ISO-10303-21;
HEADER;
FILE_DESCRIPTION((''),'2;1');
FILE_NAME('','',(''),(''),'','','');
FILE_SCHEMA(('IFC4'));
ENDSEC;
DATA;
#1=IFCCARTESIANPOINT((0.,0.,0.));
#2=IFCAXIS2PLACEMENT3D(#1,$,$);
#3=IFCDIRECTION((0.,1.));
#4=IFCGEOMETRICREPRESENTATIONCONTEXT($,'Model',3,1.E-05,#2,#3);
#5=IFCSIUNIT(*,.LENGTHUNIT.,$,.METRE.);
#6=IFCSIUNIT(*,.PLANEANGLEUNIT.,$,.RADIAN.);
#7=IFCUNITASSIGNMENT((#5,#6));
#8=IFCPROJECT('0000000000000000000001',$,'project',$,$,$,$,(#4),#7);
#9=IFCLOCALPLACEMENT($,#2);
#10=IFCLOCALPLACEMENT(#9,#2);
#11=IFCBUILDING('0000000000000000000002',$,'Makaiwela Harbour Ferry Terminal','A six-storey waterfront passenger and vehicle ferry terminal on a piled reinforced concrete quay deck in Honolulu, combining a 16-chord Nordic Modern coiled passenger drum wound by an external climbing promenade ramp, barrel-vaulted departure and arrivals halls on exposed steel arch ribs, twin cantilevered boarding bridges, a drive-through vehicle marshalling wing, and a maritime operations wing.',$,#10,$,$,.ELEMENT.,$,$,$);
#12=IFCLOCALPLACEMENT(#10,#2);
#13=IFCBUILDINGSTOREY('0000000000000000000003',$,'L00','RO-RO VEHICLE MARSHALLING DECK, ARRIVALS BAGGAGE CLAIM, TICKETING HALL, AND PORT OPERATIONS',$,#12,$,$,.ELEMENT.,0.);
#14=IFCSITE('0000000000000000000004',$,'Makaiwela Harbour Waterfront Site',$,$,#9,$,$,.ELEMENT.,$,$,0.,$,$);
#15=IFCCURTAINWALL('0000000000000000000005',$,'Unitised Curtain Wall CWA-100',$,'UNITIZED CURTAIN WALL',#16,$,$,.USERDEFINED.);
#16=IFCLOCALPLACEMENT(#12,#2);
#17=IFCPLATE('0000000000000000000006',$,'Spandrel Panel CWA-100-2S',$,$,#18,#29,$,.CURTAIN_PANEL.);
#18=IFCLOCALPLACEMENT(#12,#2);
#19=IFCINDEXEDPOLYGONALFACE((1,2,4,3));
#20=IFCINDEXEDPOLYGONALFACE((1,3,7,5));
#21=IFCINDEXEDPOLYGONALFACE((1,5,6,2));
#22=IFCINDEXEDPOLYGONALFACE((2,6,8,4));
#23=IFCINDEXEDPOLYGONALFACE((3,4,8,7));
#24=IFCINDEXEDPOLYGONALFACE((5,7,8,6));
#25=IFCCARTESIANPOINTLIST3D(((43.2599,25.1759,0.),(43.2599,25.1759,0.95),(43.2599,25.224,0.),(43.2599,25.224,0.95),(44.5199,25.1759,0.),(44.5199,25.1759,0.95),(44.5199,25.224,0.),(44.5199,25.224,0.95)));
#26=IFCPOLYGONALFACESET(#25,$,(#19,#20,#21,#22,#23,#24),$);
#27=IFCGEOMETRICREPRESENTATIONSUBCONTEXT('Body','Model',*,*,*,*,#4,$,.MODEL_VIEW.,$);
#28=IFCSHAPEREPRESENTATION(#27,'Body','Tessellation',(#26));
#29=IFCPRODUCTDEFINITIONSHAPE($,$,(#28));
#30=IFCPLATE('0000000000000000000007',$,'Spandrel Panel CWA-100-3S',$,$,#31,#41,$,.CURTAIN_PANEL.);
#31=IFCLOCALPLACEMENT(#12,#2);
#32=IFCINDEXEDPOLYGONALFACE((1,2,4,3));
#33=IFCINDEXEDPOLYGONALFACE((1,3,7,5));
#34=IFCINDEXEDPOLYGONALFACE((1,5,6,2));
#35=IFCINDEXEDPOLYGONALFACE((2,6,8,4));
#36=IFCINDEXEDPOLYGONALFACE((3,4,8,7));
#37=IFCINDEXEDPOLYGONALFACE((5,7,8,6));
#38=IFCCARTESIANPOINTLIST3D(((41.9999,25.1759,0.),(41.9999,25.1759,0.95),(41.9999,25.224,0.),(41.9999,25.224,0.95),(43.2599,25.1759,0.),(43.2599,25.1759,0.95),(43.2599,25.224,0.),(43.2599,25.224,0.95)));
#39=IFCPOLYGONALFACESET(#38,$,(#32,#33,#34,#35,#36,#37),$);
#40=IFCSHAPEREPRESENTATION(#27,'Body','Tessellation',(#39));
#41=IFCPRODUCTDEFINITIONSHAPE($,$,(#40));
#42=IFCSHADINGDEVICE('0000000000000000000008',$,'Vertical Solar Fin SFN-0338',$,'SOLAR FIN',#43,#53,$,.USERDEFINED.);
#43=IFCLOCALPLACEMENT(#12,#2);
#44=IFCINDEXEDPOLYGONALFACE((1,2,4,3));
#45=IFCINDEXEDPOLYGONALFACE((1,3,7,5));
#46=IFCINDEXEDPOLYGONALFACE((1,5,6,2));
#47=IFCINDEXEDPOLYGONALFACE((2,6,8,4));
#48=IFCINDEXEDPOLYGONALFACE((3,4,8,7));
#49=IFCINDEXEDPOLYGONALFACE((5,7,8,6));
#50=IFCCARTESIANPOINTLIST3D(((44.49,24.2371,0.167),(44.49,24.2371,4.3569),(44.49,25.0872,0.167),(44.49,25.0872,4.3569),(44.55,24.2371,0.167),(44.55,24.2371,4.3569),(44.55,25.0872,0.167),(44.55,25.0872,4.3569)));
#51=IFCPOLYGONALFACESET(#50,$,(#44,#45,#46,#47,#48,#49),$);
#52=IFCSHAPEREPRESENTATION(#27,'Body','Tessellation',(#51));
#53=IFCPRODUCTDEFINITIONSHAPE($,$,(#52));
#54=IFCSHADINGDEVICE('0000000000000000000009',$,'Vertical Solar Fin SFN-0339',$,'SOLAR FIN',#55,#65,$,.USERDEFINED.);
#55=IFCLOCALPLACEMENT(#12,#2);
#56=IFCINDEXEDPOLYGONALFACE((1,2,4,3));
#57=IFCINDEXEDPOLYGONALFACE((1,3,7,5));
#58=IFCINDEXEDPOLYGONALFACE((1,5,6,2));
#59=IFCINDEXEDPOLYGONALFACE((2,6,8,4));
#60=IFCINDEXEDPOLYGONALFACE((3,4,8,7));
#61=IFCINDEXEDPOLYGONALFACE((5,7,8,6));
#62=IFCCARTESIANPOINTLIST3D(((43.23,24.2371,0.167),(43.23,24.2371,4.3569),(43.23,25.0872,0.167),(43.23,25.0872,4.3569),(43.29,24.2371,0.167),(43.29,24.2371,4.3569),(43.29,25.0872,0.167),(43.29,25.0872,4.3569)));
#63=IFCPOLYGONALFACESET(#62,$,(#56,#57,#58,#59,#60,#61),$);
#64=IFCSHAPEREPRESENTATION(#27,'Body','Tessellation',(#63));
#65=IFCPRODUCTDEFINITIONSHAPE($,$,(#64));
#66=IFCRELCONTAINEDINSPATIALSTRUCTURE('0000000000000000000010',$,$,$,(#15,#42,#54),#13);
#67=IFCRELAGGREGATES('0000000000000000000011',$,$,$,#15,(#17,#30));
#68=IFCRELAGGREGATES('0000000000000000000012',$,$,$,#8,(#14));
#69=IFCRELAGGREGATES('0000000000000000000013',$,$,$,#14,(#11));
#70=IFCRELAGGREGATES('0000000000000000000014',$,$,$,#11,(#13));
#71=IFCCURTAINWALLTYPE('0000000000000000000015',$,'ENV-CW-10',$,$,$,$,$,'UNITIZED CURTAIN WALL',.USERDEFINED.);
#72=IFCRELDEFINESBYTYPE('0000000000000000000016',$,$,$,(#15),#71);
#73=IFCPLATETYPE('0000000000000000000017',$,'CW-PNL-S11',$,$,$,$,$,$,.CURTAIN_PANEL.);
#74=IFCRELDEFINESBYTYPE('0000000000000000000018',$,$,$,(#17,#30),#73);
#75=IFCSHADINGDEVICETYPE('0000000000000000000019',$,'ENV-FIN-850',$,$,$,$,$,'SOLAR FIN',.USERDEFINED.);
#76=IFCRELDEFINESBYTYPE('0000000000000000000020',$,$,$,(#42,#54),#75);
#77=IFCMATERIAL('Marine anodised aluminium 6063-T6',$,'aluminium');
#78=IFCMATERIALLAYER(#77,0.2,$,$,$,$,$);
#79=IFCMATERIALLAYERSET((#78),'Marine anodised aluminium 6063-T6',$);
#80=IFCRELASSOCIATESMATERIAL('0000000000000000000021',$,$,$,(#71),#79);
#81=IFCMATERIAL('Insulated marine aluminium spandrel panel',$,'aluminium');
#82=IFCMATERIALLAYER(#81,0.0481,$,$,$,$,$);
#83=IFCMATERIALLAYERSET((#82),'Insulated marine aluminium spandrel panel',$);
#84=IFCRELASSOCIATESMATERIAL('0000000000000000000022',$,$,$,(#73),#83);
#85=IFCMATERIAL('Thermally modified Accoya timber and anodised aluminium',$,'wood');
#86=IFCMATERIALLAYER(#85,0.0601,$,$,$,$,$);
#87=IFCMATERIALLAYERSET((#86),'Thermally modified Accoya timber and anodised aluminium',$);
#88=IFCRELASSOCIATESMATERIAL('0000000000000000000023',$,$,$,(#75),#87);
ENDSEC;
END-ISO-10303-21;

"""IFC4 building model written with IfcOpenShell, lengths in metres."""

from ifc_helpers import new_model, si_unit, direction, frame, origin, origin_2d, place, context, subcontext, project, spatial, rectangle, extrude, material, layer, layer_set, type_object, element, aggregate, save


model = new_model("IFC4")

# Units and contexts
model_context = context("Model", 3, precision=1e-05, world=origin(), true_north=direction((0.0, 1.0)))
body_context = subcontext(model_context, "Body", "Model", "MODEL_VIEW")
ifc_project = project(units=[si_unit("LENGTHUNIT", "METRE"), si_unit("PLANEANGLEUNIT", "RADIAN")], contexts=[model_context])

# Site, building, storey
site_placement = place(None, origin())
site = spatial("IfcSite", under=ifc_project, at=site_placement, Name="Makaiwela Harbour Waterfront Site", CompositionType="ELEMENT", RefElevation=0.0)
building_placement = place(site_placement, origin())
building = spatial("IfcBuilding", under=site, at=building_placement, Name="Makaiwela Harbour Ferry Terminal", Description="A six-storey waterfront passenger and vehicle ferry terminal on a piled reinforced concrete quay deck in Honolulu, combining a 16-chord Nordic Modern coiled passenger drum wound by an external climbing promenade ramp, barrel-vaulted departure and arrivals halls on exposed steel arch ribs, twin cantilevered boarding bridges, a drive-through vehicle marshalling wing, and a maritime operations wing.", CompositionType="ELEMENT")
storey_placement = place(building_placement, origin())
storey = spatial("IfcBuildingStorey", under=building, at=storey_placement, Name="L00", Description="RO-RO VEHICLE MARSHALLING DECK, ARRIVALS BAGGAGE CLAIM, TICKETING HALL, AND PORT OPERATIONS", CompositionType="ELEMENT", Elevation=0.0)

# Curtain wall, plates
ifc_material_1 = material(Name="Marine anodised aluminium 6063-T6", Category="aluminium")
ifc_layer_1 = layer(ifc_material_1, 0.2)
ifc_layer_set_1 = layer_set([ifc_layer_1], Name="Marine anodised aluminium 6063-T6")
curtain_wall_type = type_object("IfcCurtainWallType", Name="ENV-CW-10", ElementType="UNITIZED CURTAIN WALL", PredefinedType="USERDEFINED", material=ifc_layer_set_1)
curtain_wall_placement = place(storey_placement, origin())
curtain_wall = element("IfcCurtainWall", 1, at=curtain_wall_placement, inside=storey, type_object=curtain_wall_type, Name="Unitised Curtain Wall CWA-100", ObjectType="UNITIZED CURTAIN WALL", PredefinedType="USERDEFINED")
ifc_material_2 = material(Name="Insulated marine aluminium spandrel panel", Category="aluminium")
ifc_layer_2 = layer(ifc_material_2, 0.0481)
ifc_layer_set_2 = layer_set([ifc_layer_2], Name="Insulated marine aluminium spandrel panel")
plate_type_1 = type_object("IfcPlateType", Name="CW-PNL-S11", PredefinedType="CURTAIN_PANEL", material=ifc_layer_set_2)
plate_1_placement = place(storey_placement, frame((43.8899, 25.2, 0.0), z_axis=(0.0, 0.0, 1.0), x_axis=(-1.0, 0.0, 0.0)))
plate_1 = element("IfcPlate", 2, at=plate_1_placement, type_object=plate_type_1, Name="Spandrel Panel CWA-100-2S", PredefinedType="CURTAIN_PANEL", context=body_context, shape_type="SweptSolid", body=[
    extrude(rectangle(XDim=1.26, YDim=0.0481, at=origin_2d()), origin(), (0.0, 0.0, 1.0), 0.95),
])
plate_2_placement = place(storey_placement, frame((42.6299, 25.2, 0.0), z_axis=(0.0, 0.0, 1.0), x_axis=(-1.0, 0.0, 0.0)))
plate_2 = element("IfcPlate", 3, at=plate_2_placement, type_object=plate_type_1, Name="Spandrel Panel CWA-100-3S", PredefinedType="CURTAIN_PANEL", context=body_context, shape_type="SweptSolid", body=[
    extrude(rectangle(XDim=1.26, YDim=0.0481, at=origin_2d()), origin(), (0.0, 0.0, 1.0), 0.95),
])
aggregate(curtain_wall, [plate_1, plate_2])

# Shading devices
ifc_material_3 = material(Name="Thermally modified Accoya timber and anodised aluminium", Category="wood")
ifc_layer_3 = layer(ifc_material_3, 0.0601)
ifc_layer_set_3 = layer_set([ifc_layer_3], Name="Thermally modified Accoya timber and anodised aluminium")
shading_device_type = type_object("IfcShadingDeviceType", Name="ENV-FIN-850", ElementType="SOLAR FIN", PredefinedType="USERDEFINED", material=ifc_layer_set_3)
for number, where, z_axis, x_axis, name in (
    (4, (44.52, 24.6621, 0.167), (0.0, 0.0, 1.0), (0.0, -1.0, 0.0), "Vertical Solar Fin SFN-0338"),
    (5, (43.26, 24.6621, 0.167), (0.0, 0.0, 1.0), (0.0, -1.0, 0.0), "Vertical Solar Fin SFN-0339"),
):
    element("IfcShadingDevice", number, at=place(storey_placement, frame(where, z_axis=z_axis, x_axis=x_axis)), inside=storey, type_object=shading_device_type, Name=name, ObjectType="SOLAR FIN", PredefinedType="USERDEFINED", context=body_context, shape_type="SweptSolid", body=[
        extrude(rectangle(XDim=0.8501, YDim=0.0601, at=origin_2d()), origin(), (0.0, 0.0, 1.0), 4.1899),
    ])

save(model, "model.ifc")
